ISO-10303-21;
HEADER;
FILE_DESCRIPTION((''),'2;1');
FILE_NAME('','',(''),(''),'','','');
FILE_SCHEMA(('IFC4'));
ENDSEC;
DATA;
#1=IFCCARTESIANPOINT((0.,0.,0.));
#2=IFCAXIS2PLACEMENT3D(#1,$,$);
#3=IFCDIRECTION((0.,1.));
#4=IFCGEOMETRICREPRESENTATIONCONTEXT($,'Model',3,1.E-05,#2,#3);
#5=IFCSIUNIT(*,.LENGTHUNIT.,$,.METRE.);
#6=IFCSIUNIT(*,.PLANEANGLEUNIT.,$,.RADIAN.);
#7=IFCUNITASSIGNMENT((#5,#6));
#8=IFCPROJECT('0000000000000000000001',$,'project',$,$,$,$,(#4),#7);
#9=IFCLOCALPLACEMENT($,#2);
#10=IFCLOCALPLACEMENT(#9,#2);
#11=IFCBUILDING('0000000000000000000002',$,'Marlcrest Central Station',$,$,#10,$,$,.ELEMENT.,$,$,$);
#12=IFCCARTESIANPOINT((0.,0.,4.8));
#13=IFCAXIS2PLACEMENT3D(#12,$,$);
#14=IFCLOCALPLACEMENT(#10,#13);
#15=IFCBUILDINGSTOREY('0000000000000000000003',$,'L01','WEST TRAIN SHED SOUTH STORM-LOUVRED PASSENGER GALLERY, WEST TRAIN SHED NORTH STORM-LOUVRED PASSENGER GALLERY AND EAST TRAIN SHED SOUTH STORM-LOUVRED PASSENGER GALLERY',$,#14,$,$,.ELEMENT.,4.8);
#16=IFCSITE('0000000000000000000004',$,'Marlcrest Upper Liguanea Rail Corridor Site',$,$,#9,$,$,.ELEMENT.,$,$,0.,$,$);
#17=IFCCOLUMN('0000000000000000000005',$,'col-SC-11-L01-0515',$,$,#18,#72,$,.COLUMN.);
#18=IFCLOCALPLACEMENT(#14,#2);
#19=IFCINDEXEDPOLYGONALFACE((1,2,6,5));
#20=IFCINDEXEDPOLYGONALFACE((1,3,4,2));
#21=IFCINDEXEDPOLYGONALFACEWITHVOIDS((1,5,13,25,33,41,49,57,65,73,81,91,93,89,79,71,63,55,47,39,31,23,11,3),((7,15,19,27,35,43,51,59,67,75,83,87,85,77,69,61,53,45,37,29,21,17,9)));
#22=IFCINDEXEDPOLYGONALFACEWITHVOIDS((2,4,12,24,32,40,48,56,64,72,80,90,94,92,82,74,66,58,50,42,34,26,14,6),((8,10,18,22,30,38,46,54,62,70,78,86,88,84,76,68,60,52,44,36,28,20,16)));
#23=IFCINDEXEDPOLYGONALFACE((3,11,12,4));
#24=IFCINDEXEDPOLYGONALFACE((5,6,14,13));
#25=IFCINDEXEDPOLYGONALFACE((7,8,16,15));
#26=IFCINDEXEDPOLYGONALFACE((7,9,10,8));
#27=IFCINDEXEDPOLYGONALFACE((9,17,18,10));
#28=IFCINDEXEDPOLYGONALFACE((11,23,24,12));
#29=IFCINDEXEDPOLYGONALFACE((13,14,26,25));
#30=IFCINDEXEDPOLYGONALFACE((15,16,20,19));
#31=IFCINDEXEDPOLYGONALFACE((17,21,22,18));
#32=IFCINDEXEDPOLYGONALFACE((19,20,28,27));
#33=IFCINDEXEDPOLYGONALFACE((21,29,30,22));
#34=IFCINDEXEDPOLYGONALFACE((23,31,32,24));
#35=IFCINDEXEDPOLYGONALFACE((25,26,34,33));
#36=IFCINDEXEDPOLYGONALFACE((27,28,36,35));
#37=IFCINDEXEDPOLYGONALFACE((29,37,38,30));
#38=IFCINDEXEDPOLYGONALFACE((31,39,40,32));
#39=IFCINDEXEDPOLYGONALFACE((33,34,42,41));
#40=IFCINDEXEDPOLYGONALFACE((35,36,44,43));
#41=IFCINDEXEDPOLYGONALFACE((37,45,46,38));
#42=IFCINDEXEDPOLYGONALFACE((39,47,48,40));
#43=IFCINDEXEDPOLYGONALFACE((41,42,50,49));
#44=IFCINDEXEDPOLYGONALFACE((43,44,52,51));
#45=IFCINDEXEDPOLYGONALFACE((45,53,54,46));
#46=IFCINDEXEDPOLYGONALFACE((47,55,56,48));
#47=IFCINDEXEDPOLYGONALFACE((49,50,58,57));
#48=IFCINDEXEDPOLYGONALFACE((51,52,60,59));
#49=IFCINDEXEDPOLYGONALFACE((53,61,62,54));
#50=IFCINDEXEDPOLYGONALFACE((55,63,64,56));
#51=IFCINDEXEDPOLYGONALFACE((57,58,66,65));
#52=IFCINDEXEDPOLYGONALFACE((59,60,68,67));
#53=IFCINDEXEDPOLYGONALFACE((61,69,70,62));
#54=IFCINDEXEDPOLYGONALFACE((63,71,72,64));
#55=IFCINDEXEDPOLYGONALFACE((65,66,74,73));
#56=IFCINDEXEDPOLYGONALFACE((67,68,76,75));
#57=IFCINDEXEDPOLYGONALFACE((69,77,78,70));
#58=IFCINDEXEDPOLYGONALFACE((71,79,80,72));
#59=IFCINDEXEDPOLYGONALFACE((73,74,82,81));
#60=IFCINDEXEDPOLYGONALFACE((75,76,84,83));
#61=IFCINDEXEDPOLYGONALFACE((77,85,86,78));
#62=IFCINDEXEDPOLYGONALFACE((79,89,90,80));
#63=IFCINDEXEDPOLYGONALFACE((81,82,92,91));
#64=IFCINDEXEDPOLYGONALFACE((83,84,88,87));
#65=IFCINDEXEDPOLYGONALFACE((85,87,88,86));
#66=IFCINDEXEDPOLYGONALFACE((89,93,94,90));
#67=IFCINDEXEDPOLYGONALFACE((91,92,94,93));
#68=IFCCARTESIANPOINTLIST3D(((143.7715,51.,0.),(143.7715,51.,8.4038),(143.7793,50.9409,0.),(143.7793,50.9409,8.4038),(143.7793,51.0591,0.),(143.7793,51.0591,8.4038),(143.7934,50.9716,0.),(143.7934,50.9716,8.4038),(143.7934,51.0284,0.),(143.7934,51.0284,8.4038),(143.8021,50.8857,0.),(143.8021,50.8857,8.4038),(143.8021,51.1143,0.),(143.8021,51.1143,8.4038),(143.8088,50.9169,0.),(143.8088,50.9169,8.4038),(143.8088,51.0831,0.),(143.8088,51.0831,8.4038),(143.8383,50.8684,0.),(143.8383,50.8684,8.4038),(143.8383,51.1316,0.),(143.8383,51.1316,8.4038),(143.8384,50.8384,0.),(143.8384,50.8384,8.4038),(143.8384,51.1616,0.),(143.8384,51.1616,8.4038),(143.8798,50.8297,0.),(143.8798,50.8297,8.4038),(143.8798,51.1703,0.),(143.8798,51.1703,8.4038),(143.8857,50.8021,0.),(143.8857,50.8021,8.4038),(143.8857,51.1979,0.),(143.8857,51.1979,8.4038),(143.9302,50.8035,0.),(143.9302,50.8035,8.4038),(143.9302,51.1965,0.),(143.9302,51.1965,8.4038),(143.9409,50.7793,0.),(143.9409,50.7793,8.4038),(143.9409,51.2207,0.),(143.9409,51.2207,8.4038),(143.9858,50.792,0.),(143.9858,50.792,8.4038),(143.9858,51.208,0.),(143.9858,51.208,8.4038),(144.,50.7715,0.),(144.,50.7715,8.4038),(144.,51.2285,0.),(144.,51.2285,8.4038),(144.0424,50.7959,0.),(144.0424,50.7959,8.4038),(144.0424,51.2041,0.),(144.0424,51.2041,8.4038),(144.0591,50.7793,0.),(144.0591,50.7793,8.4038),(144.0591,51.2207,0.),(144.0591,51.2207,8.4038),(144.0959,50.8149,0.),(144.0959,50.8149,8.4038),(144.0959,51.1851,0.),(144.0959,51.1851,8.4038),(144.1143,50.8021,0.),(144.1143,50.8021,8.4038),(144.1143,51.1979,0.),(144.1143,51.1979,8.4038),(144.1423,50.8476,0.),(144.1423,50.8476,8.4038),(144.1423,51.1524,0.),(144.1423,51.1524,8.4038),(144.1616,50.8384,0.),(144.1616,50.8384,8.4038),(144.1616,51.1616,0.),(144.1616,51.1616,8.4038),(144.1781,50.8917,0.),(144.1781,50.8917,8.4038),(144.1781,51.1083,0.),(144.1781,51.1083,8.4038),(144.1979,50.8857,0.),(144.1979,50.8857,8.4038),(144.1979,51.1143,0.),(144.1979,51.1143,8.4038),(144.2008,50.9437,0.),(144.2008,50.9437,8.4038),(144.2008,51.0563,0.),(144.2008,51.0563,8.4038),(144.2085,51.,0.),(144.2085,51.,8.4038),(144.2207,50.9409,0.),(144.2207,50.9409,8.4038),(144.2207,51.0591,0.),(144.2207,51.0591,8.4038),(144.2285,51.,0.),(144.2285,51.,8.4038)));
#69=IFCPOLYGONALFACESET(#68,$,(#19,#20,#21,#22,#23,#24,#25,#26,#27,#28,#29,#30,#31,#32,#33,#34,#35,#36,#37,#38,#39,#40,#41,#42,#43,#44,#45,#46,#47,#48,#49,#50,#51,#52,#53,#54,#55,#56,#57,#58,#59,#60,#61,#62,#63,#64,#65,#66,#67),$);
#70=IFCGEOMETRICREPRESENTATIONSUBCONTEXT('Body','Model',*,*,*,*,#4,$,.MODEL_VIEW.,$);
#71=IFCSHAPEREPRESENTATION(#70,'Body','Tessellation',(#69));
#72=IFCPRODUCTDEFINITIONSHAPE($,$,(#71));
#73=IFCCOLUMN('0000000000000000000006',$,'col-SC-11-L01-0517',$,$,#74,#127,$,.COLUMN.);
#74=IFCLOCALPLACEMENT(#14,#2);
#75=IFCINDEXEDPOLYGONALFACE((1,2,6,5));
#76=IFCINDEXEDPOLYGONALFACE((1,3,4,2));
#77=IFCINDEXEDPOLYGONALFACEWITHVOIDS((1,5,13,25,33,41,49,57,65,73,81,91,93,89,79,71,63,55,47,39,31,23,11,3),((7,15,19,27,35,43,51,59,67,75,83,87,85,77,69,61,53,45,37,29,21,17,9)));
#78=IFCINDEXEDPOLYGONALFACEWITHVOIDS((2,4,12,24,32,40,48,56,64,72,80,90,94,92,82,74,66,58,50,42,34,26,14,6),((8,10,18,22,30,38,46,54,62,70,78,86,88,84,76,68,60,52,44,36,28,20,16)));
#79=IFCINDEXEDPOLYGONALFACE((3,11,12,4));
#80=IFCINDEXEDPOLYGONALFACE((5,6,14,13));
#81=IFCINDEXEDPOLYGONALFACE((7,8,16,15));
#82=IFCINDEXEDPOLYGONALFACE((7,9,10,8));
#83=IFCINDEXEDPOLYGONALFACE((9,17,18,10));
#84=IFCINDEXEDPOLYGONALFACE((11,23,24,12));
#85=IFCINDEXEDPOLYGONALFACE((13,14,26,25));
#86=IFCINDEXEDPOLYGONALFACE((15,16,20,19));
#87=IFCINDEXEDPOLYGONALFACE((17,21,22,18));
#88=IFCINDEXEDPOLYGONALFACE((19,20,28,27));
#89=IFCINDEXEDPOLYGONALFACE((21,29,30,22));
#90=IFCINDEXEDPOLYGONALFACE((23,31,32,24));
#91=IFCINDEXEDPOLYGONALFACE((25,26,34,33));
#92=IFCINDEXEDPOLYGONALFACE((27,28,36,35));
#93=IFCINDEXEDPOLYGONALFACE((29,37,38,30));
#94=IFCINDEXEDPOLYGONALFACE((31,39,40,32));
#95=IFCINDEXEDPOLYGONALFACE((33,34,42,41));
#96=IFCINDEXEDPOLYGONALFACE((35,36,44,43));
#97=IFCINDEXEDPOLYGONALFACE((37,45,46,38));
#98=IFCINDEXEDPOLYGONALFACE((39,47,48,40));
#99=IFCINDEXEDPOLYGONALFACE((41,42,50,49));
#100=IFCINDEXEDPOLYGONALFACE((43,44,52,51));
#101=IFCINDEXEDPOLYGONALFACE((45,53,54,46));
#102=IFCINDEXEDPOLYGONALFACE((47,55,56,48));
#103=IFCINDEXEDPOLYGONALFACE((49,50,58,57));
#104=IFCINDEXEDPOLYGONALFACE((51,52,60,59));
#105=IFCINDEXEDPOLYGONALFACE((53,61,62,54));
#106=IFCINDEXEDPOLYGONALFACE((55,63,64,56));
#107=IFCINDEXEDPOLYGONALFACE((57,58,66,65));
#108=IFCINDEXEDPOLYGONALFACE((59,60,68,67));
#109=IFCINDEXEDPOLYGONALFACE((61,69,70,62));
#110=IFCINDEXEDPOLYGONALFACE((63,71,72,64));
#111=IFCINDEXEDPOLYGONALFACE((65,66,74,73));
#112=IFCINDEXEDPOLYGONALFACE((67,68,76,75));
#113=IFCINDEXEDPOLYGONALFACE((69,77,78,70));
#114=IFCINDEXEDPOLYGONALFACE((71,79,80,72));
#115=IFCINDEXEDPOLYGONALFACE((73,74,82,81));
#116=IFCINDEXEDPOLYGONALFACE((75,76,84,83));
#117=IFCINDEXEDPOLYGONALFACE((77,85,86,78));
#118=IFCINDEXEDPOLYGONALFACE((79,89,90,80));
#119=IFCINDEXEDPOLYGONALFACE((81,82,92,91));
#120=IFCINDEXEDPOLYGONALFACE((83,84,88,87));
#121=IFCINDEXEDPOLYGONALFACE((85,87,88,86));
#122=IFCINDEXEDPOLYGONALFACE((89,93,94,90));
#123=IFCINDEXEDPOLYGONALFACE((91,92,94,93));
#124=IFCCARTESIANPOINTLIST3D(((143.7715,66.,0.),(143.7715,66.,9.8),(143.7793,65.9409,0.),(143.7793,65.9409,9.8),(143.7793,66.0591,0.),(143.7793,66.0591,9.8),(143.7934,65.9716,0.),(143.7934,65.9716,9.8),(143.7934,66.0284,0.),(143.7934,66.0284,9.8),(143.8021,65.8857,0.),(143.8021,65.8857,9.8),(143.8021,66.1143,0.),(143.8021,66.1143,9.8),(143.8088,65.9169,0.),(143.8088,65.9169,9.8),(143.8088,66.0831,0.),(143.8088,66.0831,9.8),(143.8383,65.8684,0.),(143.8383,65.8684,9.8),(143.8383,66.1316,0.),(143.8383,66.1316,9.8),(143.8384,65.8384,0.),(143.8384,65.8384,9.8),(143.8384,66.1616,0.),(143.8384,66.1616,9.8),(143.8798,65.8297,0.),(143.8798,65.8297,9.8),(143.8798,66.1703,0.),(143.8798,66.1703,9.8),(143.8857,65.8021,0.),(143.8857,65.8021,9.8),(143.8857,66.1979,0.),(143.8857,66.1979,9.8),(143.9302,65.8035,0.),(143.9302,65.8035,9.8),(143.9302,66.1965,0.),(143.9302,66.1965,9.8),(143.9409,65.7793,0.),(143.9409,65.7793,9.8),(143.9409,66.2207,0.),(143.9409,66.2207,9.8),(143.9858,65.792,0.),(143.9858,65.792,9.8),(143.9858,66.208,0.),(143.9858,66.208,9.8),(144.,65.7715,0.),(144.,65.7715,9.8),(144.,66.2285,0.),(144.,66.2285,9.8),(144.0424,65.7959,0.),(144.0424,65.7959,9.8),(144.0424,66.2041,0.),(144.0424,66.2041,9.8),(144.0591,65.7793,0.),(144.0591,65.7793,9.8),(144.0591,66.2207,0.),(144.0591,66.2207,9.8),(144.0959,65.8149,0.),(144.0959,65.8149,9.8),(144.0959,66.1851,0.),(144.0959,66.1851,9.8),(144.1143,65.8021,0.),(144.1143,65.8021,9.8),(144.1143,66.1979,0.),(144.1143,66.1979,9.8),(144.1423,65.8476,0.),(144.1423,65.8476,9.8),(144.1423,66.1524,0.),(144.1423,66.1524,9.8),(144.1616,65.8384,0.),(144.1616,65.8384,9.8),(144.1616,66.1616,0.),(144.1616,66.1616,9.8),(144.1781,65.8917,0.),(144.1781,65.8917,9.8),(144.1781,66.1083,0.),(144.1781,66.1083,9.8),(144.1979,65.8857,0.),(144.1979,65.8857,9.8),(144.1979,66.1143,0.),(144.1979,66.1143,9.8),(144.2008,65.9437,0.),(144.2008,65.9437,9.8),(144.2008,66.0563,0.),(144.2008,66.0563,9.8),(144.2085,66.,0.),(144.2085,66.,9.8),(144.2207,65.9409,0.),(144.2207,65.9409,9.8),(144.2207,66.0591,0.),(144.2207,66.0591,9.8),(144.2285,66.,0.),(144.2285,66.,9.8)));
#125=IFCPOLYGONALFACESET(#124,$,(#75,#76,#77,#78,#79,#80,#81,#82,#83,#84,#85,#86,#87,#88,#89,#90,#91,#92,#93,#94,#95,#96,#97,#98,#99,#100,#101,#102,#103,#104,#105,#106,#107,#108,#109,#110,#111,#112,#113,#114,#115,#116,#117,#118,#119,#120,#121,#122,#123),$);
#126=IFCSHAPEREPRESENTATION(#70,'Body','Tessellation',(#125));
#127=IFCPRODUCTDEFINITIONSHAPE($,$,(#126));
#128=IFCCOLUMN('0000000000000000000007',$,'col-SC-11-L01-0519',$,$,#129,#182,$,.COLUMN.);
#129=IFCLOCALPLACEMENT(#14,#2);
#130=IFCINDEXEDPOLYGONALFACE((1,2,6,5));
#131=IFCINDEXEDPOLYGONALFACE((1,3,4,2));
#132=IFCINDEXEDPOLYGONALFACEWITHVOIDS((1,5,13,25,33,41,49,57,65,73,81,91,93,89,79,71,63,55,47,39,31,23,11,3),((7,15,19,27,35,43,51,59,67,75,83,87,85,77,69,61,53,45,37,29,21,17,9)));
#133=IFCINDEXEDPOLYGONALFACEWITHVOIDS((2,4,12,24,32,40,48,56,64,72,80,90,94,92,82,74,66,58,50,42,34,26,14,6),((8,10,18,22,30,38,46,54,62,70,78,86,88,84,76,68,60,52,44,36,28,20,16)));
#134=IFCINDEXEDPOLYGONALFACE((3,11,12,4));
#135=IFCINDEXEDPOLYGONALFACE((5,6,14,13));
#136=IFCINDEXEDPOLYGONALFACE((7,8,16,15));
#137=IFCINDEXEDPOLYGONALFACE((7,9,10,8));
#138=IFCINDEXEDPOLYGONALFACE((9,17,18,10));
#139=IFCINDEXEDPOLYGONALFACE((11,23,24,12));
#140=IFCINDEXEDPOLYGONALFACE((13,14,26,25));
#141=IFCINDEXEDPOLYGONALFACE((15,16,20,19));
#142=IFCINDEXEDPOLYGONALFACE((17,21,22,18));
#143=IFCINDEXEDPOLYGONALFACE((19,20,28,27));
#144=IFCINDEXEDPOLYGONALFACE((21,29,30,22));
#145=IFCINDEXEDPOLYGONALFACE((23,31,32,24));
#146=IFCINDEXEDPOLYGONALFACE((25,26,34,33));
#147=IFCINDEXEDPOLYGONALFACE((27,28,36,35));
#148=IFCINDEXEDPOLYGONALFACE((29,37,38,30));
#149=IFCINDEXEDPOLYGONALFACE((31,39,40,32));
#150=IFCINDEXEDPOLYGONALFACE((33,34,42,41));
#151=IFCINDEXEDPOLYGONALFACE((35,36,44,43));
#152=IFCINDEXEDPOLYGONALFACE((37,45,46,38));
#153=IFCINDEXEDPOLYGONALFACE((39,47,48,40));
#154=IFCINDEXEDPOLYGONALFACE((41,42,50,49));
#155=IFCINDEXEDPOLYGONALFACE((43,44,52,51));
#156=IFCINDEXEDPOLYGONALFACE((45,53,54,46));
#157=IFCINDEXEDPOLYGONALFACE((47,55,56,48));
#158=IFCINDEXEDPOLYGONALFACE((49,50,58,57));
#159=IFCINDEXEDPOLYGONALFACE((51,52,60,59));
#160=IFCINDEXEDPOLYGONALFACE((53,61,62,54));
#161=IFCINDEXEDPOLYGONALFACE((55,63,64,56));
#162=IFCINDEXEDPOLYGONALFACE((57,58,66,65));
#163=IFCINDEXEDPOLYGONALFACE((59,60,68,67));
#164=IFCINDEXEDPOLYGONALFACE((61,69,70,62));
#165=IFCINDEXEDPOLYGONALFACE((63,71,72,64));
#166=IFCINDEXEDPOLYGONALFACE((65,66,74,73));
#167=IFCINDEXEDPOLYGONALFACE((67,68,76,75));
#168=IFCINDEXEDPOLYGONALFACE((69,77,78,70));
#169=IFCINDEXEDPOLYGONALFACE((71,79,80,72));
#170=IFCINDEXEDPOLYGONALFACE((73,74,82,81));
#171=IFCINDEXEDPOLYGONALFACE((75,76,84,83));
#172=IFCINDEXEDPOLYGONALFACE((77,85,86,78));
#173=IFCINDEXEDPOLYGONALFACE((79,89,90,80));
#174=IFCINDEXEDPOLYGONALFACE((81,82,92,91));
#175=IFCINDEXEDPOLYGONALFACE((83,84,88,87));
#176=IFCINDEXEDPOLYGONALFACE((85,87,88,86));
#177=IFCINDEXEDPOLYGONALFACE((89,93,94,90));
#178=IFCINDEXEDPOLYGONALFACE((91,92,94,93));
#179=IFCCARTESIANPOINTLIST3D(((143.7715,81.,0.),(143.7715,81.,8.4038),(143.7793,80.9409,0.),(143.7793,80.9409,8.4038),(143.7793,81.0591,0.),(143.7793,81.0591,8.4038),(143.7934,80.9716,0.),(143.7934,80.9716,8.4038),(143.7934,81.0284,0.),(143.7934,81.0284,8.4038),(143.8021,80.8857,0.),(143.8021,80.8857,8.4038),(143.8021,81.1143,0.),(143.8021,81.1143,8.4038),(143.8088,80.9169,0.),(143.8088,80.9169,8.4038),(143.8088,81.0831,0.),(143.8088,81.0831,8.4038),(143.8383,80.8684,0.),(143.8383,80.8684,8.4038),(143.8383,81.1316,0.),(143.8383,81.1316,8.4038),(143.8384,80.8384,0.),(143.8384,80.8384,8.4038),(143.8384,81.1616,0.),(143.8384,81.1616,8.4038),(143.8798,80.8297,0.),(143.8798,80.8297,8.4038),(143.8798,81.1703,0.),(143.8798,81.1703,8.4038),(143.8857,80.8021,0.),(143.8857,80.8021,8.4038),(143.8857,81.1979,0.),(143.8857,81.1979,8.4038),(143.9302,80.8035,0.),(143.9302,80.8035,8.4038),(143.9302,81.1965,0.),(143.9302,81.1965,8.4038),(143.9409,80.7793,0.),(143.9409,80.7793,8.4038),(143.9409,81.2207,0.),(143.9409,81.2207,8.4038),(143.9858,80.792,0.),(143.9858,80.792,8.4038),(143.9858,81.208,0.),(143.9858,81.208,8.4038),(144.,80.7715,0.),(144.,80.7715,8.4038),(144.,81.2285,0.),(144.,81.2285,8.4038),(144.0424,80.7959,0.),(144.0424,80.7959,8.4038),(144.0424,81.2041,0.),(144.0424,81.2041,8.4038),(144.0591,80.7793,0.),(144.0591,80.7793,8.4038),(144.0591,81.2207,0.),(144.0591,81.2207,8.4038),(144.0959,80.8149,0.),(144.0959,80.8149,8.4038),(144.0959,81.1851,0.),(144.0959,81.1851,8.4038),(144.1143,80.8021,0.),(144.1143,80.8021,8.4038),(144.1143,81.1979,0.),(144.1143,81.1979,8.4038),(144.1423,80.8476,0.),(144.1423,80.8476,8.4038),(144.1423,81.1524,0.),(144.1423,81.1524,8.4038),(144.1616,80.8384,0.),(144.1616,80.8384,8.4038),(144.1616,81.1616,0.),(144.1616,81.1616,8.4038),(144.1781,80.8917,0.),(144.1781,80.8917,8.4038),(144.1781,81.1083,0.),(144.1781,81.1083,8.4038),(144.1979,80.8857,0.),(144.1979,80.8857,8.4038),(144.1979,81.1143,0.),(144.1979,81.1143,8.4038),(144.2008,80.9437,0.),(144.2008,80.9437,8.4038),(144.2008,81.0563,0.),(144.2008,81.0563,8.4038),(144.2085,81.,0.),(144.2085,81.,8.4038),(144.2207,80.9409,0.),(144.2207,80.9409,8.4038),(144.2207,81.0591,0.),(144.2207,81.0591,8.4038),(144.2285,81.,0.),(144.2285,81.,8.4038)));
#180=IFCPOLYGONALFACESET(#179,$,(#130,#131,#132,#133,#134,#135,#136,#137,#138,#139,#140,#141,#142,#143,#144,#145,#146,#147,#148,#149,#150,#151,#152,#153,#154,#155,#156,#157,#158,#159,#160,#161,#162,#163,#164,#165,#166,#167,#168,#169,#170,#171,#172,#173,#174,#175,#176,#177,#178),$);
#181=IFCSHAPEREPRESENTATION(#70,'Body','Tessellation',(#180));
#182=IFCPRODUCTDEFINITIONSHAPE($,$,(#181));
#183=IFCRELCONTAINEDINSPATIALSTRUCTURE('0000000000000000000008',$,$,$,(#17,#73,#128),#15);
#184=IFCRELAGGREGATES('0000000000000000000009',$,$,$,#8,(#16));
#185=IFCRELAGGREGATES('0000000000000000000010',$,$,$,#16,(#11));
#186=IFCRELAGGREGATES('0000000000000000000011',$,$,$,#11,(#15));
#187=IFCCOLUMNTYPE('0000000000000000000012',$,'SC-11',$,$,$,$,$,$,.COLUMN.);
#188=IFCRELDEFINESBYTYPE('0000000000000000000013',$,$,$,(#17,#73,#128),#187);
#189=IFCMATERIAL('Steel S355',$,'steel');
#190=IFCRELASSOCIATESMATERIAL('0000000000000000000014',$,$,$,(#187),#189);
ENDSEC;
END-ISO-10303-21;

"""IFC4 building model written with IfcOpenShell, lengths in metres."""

from ifc_helpers import new_model, si_unit, direction, frame, origin, origin_2d, place, context, subcontext, project, spatial, hollow_circle, extrude, material, material_profile, profile_set, type_object, element, save


model = new_model("IFC4")

# Units and contexts
model_context = context("Model", 3, precision=1e-05, world=origin(), true_north=direction((0.0, 1.0)))
body_context = subcontext(model_context, "Body", "Model", "MODEL_VIEW")
ifc_project = project(units=[si_unit("LENGTHUNIT", "METRE"), si_unit("PLANEANGLEUNIT", "RADIAN")], contexts=[model_context])

# Site, building, storey
site_placement = place(None, origin())
site = spatial("IfcSite", under=ifc_project, at=site_placement, Name="Marlcrest Upper Liguanea Rail Corridor Site", CompositionType="ELEMENT", RefElevation=0.0)
building_placement = place(site_placement, origin())
building = spatial("IfcBuilding", under=site, at=building_placement, Name="Marlcrest Central Station", CompositionType="ELEMENT")
storey_placement = place(building_placement, frame((0.0, 0.0, 4.8)))
storey = spatial("IfcBuildingStorey", under=building, at=storey_placement, Name="L01", Description="WEST TRAIN SHED SOUTH STORM-LOUVRED PASSENGER GALLERY, WEST TRAIN SHED NORTH STORM-LOUVRED PASSENGER GALLERY AND EAST TRAIN SHED SOUTH STORM-LOUVRED PASSENGER GALLERY", CompositionType="ELEMENT", Elevation=4.8)

# Columns
ifc_material = material(Name="Steel S355", Category="steel")
ifc_material_profile_1 = material_profile(ifc_material, hollow_circle(Radius=0.2285, WallThickness=0.02, at=origin_2d()), Name="CHS 457x20")
ifc_profile_set_1 = profile_set([ifc_material_profile_1], Name="Steel S355")
column_type = type_object("IfcColumnType", Name="SC-11", PredefinedType="COLUMN", material=ifc_profile_set_1)
column_1_placement = place(storey_placement, frame((144.0, 51.0, 0.0), z_axis=(0.0, 0.0, 1.0), x_axis=(1.0, 0.0, 0.0)))
element("IfcColumn", 1, at=column_1_placement, inside=storey, type_object=column_type, Name="col-SC-11-L01-0515", PredefinedType="COLUMN", context=body_context, shape_type="SweptSolid", body=[
    extrude(hollow_circle(Radius=0.2285, WallThickness=0.02, at=origin_2d()), origin(), (0.0, 0.0, 1.0), 8.4038),
])
column_2_placement = place(storey_placement, frame((144.0, 66.0, 0.0), z_axis=(0.0, 0.0, 1.0), x_axis=(1.0, 0.0, 0.0)))
element("IfcColumn", 2, at=column_2_placement, inside=storey, type_object=column_type, Name="col-SC-11-L01-0517", PredefinedType="COLUMN", context=body_context, shape_type="SweptSolid", body=[
    extrude(hollow_circle(Radius=0.2285, WallThickness=0.02, at=origin_2d()), origin(), (0.0, 0.0, 1.0), 9.8),
])
for number, where, z_axis, x_axis, name in (
    (3, (144.0, 81.0, 0.0), (0.0, 0.0, 1.0), (1.0, 0.0, 0.0), "col-SC-11-L01-0519"),
):
    element("IfcColumn", number, at=place(storey_placement, frame(where, z_axis=z_axis, x_axis=x_axis)), inside=storey, type_object=column_type, Name=name, PredefinedType="COLUMN", context=body_context, shape_type="SweptSolid", body=[
        extrude(hollow_circle(Radius=0.2285, WallThickness=0.02, at=origin_2d()), origin(), (0.0, 0.0, 1.0), 8.4038),
    ])

save(model, "model.ifc")
